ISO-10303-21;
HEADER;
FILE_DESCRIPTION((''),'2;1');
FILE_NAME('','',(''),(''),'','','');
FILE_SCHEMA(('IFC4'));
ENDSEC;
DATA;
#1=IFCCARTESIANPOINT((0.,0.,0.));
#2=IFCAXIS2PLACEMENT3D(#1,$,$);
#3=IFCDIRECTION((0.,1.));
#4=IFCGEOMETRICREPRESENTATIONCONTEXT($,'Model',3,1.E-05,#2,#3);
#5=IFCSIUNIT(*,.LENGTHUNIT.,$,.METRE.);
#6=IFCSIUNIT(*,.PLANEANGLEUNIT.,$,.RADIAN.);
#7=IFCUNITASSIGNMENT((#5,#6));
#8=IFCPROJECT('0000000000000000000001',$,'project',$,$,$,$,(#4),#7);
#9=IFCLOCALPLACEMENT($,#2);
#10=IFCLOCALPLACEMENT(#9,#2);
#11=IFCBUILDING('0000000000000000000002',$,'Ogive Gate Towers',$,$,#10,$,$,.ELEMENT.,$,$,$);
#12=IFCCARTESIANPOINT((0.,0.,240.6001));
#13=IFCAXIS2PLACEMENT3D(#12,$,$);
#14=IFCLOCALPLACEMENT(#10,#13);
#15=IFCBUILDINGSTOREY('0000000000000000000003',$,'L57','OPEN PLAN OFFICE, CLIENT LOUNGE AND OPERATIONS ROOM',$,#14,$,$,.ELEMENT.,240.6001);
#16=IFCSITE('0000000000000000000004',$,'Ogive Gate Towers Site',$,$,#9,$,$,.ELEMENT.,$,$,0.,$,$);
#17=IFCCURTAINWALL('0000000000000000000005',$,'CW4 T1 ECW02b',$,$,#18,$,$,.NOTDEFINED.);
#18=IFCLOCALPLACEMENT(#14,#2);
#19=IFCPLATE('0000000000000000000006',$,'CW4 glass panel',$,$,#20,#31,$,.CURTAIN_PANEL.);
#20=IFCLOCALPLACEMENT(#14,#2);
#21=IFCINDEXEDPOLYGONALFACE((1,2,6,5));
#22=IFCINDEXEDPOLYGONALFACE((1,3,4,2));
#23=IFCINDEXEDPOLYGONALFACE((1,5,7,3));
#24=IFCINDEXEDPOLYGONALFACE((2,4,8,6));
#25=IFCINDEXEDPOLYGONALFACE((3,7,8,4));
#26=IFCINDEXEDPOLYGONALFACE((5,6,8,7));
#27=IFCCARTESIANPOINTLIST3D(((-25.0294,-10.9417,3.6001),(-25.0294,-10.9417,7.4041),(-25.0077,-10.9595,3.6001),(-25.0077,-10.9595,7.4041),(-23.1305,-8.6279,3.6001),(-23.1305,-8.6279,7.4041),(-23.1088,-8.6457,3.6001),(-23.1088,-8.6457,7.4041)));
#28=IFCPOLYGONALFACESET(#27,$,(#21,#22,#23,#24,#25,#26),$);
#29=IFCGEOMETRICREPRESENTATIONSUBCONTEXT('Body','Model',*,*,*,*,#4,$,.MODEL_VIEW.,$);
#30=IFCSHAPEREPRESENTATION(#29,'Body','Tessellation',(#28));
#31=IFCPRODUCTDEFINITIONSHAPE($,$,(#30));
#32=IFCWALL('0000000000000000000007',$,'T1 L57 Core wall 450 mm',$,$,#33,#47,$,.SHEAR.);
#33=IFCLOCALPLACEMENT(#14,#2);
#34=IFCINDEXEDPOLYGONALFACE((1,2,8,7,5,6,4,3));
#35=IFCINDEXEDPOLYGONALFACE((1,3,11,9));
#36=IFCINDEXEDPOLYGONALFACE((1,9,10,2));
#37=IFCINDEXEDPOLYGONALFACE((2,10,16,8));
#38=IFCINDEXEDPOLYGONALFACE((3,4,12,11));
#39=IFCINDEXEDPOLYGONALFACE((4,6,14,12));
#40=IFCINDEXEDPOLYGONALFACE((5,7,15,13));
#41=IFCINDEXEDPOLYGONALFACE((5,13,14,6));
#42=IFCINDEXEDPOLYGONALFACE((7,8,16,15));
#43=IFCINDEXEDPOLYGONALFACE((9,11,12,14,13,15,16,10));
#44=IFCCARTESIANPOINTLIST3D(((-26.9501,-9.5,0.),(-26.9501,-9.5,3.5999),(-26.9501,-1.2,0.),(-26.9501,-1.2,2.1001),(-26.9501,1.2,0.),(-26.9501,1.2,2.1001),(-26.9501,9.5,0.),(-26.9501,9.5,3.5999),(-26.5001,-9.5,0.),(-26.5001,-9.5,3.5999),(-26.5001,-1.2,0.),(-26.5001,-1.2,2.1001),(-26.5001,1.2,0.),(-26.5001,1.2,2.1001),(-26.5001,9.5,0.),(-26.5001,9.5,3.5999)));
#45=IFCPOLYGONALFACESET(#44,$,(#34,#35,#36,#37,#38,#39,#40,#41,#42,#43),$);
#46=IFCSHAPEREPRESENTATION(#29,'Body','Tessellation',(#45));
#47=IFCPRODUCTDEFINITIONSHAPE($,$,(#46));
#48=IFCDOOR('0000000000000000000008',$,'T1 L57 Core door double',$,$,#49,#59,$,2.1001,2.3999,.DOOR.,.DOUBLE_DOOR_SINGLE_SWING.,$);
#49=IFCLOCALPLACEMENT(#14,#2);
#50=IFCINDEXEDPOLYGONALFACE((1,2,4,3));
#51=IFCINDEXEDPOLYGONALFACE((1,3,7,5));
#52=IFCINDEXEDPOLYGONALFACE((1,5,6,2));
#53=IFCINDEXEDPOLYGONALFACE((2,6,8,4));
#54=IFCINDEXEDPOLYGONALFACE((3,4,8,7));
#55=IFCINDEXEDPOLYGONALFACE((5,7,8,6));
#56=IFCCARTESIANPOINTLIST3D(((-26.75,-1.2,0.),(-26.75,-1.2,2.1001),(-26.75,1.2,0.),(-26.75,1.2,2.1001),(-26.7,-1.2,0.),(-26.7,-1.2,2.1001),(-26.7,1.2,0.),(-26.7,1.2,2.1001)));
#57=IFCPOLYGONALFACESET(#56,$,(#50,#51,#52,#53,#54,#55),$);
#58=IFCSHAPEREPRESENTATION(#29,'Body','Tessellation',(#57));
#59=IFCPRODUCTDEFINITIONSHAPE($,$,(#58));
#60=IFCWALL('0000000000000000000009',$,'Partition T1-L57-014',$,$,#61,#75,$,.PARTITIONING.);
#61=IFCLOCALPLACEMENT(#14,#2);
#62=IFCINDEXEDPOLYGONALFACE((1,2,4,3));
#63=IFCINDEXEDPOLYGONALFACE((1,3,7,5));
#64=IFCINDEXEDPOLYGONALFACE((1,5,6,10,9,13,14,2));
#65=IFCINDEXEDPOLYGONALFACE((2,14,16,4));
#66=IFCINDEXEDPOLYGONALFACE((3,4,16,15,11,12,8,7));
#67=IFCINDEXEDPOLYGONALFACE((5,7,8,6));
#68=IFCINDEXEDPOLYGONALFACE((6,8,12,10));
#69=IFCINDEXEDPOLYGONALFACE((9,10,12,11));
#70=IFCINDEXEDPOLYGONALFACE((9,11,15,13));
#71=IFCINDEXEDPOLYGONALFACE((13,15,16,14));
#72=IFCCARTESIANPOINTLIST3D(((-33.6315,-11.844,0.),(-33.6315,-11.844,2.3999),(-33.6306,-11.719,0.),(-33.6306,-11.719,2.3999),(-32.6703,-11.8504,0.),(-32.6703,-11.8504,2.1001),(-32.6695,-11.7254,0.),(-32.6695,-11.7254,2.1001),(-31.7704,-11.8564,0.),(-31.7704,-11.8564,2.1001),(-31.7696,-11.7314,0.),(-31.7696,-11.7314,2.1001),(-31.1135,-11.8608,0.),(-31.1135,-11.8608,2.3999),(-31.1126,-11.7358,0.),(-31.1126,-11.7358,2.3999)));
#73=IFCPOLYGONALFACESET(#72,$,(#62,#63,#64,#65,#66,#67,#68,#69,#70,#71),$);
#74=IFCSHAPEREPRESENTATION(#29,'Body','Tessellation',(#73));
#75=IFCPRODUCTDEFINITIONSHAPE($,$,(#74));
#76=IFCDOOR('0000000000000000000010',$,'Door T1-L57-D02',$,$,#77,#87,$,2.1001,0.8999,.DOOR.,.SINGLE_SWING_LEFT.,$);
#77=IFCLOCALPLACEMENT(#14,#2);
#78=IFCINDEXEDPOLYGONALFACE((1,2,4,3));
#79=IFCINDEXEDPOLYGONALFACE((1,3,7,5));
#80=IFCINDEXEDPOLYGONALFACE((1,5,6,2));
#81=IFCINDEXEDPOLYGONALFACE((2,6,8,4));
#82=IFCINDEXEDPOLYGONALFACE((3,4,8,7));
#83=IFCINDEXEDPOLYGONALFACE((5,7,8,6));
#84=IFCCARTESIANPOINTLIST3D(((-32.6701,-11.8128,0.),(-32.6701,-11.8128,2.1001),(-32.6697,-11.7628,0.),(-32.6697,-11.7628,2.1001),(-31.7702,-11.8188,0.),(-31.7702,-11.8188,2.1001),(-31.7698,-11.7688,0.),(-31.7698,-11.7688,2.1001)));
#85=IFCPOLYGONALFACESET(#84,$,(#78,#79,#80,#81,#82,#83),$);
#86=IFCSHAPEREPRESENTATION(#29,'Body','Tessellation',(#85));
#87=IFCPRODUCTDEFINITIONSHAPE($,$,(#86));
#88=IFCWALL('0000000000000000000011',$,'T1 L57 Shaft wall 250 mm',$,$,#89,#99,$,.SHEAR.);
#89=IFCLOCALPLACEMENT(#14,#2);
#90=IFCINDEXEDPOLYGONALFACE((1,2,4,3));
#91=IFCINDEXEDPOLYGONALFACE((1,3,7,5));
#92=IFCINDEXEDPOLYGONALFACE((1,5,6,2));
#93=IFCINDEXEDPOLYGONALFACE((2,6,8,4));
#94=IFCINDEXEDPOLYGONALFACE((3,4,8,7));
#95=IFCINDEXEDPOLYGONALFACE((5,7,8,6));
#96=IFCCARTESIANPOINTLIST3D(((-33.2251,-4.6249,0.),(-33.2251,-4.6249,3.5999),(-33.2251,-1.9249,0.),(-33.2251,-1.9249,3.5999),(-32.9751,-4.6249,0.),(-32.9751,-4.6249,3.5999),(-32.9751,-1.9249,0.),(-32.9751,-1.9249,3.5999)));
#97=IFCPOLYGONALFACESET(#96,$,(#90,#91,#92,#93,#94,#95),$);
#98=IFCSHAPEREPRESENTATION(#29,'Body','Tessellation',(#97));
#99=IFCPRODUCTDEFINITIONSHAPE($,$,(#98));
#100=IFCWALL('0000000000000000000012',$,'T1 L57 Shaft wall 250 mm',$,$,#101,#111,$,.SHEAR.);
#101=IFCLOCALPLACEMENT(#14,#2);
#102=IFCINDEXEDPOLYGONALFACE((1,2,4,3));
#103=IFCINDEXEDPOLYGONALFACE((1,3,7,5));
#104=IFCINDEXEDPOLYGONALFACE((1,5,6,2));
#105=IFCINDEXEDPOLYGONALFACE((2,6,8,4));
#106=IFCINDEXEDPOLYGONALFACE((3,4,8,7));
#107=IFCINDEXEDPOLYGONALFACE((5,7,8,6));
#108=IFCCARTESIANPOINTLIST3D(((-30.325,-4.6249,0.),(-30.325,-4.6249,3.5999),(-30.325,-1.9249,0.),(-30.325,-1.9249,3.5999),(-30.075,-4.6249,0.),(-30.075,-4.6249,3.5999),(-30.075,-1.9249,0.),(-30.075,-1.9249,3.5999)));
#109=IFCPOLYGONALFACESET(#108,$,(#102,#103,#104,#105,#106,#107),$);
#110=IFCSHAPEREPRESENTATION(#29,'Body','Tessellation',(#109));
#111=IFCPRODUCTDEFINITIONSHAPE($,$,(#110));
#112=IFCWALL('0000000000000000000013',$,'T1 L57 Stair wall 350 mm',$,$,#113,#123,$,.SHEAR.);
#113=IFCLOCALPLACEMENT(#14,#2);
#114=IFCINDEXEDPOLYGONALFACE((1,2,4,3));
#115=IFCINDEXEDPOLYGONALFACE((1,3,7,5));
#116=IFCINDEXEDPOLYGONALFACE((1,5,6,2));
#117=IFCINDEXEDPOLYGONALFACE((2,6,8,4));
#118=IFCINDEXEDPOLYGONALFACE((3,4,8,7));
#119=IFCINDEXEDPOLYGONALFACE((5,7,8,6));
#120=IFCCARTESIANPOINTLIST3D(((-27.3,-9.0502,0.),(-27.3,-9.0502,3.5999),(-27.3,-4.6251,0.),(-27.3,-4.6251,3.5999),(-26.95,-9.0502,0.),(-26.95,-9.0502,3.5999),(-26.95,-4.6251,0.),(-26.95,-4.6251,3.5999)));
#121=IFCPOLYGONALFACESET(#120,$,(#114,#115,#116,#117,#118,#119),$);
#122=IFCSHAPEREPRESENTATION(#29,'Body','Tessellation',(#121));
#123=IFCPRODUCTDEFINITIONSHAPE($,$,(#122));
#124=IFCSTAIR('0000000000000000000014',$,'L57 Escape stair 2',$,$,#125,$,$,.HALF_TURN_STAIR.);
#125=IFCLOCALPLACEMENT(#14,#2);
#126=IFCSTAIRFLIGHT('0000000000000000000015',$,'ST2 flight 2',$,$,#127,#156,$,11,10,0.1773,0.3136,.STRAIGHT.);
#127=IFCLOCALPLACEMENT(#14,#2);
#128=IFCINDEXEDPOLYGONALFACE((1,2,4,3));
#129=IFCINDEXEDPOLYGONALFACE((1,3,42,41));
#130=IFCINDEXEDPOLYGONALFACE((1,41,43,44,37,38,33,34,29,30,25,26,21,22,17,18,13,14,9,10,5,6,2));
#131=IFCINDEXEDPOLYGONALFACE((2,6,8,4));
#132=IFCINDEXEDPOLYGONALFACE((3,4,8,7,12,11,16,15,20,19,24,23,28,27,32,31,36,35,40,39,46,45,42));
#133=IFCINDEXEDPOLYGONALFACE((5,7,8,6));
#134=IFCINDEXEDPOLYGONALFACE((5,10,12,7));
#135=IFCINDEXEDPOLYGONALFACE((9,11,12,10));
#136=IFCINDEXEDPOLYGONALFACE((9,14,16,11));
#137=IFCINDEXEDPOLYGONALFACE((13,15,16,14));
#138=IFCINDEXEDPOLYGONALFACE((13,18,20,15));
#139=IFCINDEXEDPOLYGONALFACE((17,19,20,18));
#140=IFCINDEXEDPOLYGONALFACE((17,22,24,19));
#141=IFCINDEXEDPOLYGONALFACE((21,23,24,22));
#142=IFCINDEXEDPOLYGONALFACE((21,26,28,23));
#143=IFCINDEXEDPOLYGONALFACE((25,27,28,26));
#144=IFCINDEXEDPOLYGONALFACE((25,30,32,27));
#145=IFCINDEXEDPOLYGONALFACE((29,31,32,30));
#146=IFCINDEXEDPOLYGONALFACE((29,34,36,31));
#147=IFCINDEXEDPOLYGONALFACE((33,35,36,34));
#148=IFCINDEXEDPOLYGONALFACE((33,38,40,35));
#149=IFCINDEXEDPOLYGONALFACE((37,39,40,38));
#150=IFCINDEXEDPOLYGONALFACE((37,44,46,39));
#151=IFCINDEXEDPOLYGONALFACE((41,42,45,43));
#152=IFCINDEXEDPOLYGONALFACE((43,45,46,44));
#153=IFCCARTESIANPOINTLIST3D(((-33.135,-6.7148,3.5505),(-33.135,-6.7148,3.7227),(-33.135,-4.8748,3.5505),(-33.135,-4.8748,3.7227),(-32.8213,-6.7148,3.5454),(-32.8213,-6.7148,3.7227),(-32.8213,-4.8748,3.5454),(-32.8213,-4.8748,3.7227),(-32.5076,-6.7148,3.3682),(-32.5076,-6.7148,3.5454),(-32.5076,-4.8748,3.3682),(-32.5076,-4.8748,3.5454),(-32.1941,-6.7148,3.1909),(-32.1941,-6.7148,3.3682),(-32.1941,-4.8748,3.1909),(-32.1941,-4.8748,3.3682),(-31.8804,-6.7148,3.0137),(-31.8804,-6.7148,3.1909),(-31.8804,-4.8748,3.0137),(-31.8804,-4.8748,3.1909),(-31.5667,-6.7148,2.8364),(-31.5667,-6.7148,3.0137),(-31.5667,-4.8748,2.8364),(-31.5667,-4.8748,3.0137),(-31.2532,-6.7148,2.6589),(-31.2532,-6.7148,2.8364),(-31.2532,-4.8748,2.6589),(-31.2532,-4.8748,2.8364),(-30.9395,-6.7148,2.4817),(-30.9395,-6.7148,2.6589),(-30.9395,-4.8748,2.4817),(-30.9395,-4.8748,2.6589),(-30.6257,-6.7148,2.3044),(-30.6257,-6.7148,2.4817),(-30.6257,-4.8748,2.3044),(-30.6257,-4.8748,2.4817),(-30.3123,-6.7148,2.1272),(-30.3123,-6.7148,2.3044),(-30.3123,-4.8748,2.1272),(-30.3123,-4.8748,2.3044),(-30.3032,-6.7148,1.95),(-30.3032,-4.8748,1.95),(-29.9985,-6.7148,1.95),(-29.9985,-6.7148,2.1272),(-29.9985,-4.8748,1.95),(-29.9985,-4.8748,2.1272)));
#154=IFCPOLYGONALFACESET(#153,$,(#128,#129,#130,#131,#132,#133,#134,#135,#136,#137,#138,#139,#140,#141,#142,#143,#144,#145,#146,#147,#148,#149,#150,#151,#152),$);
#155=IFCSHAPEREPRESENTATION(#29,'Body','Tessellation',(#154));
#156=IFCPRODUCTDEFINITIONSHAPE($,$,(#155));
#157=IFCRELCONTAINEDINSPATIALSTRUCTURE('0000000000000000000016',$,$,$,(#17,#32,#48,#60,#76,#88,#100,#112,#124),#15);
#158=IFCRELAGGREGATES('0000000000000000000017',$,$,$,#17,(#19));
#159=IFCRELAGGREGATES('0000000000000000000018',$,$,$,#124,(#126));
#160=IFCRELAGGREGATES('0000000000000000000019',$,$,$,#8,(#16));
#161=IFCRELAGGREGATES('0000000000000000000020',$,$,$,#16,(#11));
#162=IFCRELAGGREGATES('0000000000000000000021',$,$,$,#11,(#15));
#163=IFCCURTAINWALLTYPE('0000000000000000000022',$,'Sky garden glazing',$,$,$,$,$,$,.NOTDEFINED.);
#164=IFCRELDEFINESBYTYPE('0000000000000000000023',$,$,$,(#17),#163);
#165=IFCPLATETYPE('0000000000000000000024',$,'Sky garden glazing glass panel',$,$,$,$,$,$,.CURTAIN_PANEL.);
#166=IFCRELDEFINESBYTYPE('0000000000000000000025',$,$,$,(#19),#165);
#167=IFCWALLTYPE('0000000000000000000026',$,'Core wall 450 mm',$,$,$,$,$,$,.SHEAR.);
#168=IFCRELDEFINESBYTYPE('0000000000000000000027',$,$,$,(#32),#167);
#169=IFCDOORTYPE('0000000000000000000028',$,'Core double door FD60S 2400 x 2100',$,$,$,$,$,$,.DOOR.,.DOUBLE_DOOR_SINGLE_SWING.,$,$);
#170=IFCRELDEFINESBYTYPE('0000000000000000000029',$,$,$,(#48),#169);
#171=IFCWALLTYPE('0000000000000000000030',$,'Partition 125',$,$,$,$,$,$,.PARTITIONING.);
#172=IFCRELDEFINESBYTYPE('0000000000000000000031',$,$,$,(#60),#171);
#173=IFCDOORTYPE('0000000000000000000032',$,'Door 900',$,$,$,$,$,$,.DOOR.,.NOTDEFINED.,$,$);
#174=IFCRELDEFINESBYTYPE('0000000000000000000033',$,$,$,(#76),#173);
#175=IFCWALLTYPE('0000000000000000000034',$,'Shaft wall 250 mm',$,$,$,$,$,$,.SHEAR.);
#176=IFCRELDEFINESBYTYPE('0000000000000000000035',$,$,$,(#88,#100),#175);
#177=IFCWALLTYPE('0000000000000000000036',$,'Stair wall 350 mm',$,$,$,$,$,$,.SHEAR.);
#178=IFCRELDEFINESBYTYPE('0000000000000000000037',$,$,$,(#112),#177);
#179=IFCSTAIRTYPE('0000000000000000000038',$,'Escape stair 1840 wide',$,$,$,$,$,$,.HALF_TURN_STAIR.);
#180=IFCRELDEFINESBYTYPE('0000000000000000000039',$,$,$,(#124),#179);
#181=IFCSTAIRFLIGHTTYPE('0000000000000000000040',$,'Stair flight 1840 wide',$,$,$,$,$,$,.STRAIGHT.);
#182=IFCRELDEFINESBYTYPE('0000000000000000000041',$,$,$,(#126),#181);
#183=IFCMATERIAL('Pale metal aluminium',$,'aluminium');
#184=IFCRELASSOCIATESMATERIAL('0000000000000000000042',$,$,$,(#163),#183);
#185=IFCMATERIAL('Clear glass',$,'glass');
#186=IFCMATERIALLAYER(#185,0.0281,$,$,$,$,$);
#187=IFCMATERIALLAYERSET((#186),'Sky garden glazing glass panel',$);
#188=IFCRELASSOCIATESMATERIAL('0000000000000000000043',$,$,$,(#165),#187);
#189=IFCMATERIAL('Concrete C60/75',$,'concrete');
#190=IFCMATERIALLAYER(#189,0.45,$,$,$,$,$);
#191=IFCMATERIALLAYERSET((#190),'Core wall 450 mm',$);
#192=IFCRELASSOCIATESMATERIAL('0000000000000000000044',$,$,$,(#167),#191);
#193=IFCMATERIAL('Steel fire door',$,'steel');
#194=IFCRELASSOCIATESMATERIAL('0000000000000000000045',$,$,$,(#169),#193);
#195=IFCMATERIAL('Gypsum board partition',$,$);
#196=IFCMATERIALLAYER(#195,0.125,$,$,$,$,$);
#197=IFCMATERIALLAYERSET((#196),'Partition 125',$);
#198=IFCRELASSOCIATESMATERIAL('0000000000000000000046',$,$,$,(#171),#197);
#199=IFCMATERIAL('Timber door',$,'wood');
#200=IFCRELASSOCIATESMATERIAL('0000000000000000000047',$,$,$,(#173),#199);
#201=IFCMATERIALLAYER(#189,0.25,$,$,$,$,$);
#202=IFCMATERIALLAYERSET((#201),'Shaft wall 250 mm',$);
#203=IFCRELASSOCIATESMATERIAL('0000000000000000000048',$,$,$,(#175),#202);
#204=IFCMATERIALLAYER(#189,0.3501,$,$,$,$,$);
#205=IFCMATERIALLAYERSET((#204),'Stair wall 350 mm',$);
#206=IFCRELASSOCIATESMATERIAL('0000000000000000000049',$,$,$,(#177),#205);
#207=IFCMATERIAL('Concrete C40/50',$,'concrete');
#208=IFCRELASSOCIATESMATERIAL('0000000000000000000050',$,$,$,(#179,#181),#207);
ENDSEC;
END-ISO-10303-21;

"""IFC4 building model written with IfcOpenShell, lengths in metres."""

from ifc_helpers import new_model, si_unit, direction, frame, frame_2d, origin, origin_2d, place, context, subcontext, project, spatial, polyline, rectangle, outline, extrude, material, layer, layer_set, type_object, element, fill, aggregate, save


model = new_model("IFC4")

# Units and contexts
model_context = context("Model", 3, precision=1e-05, world=origin(), true_north=direction((0.0, 1.0)))
body_context = subcontext(model_context, "Body", "Model", "MODEL_VIEW")
ifc_project = project(units=[si_unit("LENGTHUNIT", "METRE"), si_unit("PLANEANGLEUNIT", "RADIAN")], contexts=[model_context])

# Site, building, storey
site_placement = place(None, origin())
site = spatial("IfcSite", under=ifc_project, at=site_placement, Name="Ogive Gate Towers Site", CompositionType="ELEMENT", RefElevation=0.0)
building_placement = place(site_placement, origin())
building = spatial("IfcBuilding", under=site, at=building_placement, Name="Ogive Gate Towers", CompositionType="ELEMENT")
storey_placement = place(building_placement, frame((0.0, 0.0, 240.6001)))
storey = spatial("IfcBuildingStorey", under=building, at=storey_placement, Name="L57", Description="OPEN PLAN OFFICE, CLIENT LOUNGE AND OPERATIONS ROOM", CompositionType="ELEMENT", Elevation=240.6001)

# Shared definitions
ifc_material_1 = material(Name="Pale metal aluminium", Category="aluminium")
curtain_wall_type = type_object("IfcCurtainWallType", Name="Sky garden glazing", PredefinedType="NOTDEFINED", material=ifc_material_1)

# Curtain wall
curtain_wall_1_placement = place(storey_placement, origin())
curtain_wall_1 = element("IfcCurtainWall", 1, at=curtain_wall_1_placement, inside=storey, type_object=curtain_wall_type, Name="CW4 T1 ECW02b", PredefinedType="NOTDEFINED")

# Plate
ifc_material_2 = material(Name="Clear glass", Category="glass")
ifc_layer_1 = layer(ifc_material_2, 0.0281)
ifc_layer_set_1 = layer_set([ifc_layer_1], Name="Sky garden glazing glass panel")
plate_type = type_object("IfcPlateType", Name="Sky garden glazing glass panel", PredefinedType="CURTAIN_PANEL", material=ifc_layer_set_1)
plate_1_placement = place(storey_placement, frame((-24.0691, -9.7937, 3.6001), z_axis=(0.0, 0.0, 1.0), x_axis=(-0.634393, -0.77301, 0.0)))
plate_1 = element("IfcPlate", 2, at=plate_1_placement, type_object=plate_type, Name="CW4 glass panel", PredefinedType="CURTAIN_PANEL", context=body_context, shape_type="SweptSolid", body=[
    extrude(rectangle(XDim=2.9932, YDim=0.0281, at=origin_2d()), origin(), (0.0, 0.0, 1.0), 3.804),
])
aggregate(curtain_wall_1, [plate_1])

# Walls, openings, doors
ifc_material_3 = material(Name="Concrete C60/75", Category="concrete")
ifc_layer_2 = layer(ifc_material_3, 0.45)
ifc_layer_set_2 = layer_set([ifc_layer_2], Name="Core wall 450 mm")
wall_type_1 = type_object("IfcWallType", Name="Core wall 450 mm", PredefinedType="SHEAR", material=ifc_layer_set_2)
wall_1_placement = place(storey_placement, frame((-26.7251, -9.5, 0.0), z_axis=(0.0, 0.0, 1.0), x_axis=(0.0, 1.0, 0.0)))
wall_1 = element("IfcWall", 3, at=wall_1_placement, inside=storey, type_object=wall_type_1, Name="T1 L57 Core wall 450 mm", PredefinedType="SHEAR", context=body_context, shape_type="SweptSolid", body=[
    extrude(rectangle(XDim=19.0, YDim=0.45, at=frame_2d((9.5, 0.0))), origin(), (0.0, 0.0, 1.0), 3.5999),
])
opening_1_placement = place(wall_1_placement, frame((8.3, 0.0, 0.0)))
opening_1 = element("IfcOpeningElement", 4, at=opening_1_placement, cuts=wall_1, PredefinedType="OPENING", context=body_context, shape_type="SweptSolid", body=[
    extrude(rectangle(XDim=2.3999, YDim=2.1001, at=frame_2d((1.2, 1.05))), frame((0.0, 0.2349, 0.0), z_axis=(0.0, -1.0, 0.0), x_axis=(1.0, 0.0, 0.0)), (0.0, 0.0, 1.0), 0.47),
])
ifc_material_4 = material(Name="Steel fire door", Category="steel")
door_type_1 = type_object("IfcDoorType", Name="Core double door FD60S 2400 x 2100", OperationType="DOUBLE_DOOR_SINGLE_SWING", PredefinedType="DOOR", material=ifc_material_4)
door_1_placement = place(opening_1_placement, origin())
door_1 = element("IfcDoor", 5, at=door_1_placement, inside=storey, type_object=door_type_1, Name="T1 L57 Core door double", OperationType="DOUBLE_DOOR_SINGLE_SWING", OverallHeight=2.1001, OverallWidth=2.3999, PredefinedType="DOOR", context=body_context, shape_type="SweptSolid", body=[
    extrude(rectangle(XDim=2.3999, YDim=2.1001, at=frame_2d((1.2, 1.05))), frame((0.0, 0.0249, 0.0), z_axis=(0.0, -1.0, 0.0), x_axis=(1.0, 0.0, 0.0)), (0.0, 0.0, 1.0), 0.05),
])
fill(opening_1, door_1)
ifc_material_5 = material(Name="Gypsum board partition")
ifc_layer_3 = layer(ifc_material_5, 0.125)
ifc_layer_set_3 = layer_set([ifc_layer_3], Name="Partition 125")
wall_type_2 = type_object("IfcWallType", Name="Partition 125", PredefinedType="PARTITIONING", material=ifc_layer_set_3)
wall_2_placement = place(storey_placement, frame((-31.113, -11.7983, 0.0), z_axis=(0.0, 0.0, 1.0), x_axis=(-0.999978, 0.00669, 0.0)))
wall_2 = element("IfcWall", 6, at=wall_2_placement, inside=storey, type_object=wall_type_2, Name="Partition T1-L57-014", PredefinedType="PARTITIONING", context=body_context, shape_type="SweptSolid", body=[
    extrude(rectangle(XDim=2.5181, YDim=0.125, at=frame_2d((1.259, 0.0))), origin(), (0.0, 0.0, 1.0), 2.3999),
])
opening_2_placement = place(wall_2_placement, frame((0.657, 0.0, 0.0)))
opening_2 = element("IfcOpeningElement", 7, at=opening_2_placement, cuts=wall_2, PredefinedType="OPENING", context=body_context, shape_type="SweptSolid", body=[
    extrude(rectangle(XDim=0.8999, YDim=2.1001, at=frame_2d((0.45, 1.05))), frame((0.0, 0.0725, 0.0), z_axis=(0.0, -1.0, 0.0), x_axis=(1.0, 0.0, 0.0)), (0.0, 0.0, 1.0), 0.145),
])
ifc_material_6 = material(Name="Timber door", Category="wood")
door_type_2 = type_object("IfcDoorType", Name="Door 900", OperationType="NOTDEFINED", PredefinedType="DOOR", material=ifc_material_6)
door_2_placement = place(opening_2_placement, origin())
door_2 = element("IfcDoor", 8, at=door_2_placement, inside=storey, type_object=door_type_2, Name="Door T1-L57-D02", OperationType="SINGLE_SWING_LEFT", OverallHeight=2.1001, OverallWidth=0.8999, PredefinedType="DOOR", context=body_context, shape_type="SweptSolid", body=[
    extrude(rectangle(XDim=0.8999, YDim=2.1001, at=frame_2d((0.45, 1.05))), frame((0.0, 0.0249, 0.0), z_axis=(0.0, -1.0, 0.0), x_axis=(1.0, 0.0, 0.0)), (0.0, 0.0, 1.0), 0.05),
])
fill(opening_2, door_2)

# Walls
ifc_layer_4 = layer(ifc_material_3, 0.25)
ifc_layer_set_4 = layer_set([ifc_layer_4], Name="Shaft wall 250 mm")
wall_type_3 = type_object("IfcWallType", Name="Shaft wall 250 mm", PredefinedType="SHEAR", material=ifc_layer_set_4)
for number, where, z_axis, x_axis, name in (
    (9, (-33.1001, -4.625, 0.0), (0.0, 0.0, 1.0), (0.0, 1.0, 0.0), "T1 L57 Shaft wall 250 mm"),
    (10, (-30.2, -4.625, 0.0), (0.0, 0.0, 1.0), (0.0, 1.0, 0.0), "T1 L57 Shaft wall 250 mm"),
):
    element("IfcWall", number, at=place(storey_placement, frame(where, z_axis=z_axis, x_axis=x_axis)), inside=storey, type_object=wall_type_3, Name=name, PredefinedType="SHEAR", context=body_context, shape_type="SweptSolid", body=[
        extrude(rectangle(XDim=2.7, YDim=0.25, at=frame_2d((1.3501, 0.0))), origin(), (0.0, 0.0, 1.0), 3.5999),
    ])
ifc_layer_5 = layer(ifc_material_3, 0.3501)
ifc_layer_set_5 = layer_set([ifc_layer_5], Name="Stair wall 350 mm")
wall_type_4 = type_object("IfcWallType", Name="Stair wall 350 mm", PredefinedType="SHEAR", material=ifc_layer_set_5)
wall_3_placement = place(storey_placement, frame((-27.125, -9.05, 0.0), z_axis=(0.0, 0.0, 1.0), x_axis=(0.0, 1.0, 0.0)))
element("IfcWall", 11, at=wall_3_placement, inside=storey, type_object=wall_type_4, Name="T1 L57 Stair wall 350 mm", PredefinedType="SHEAR", context=body_context, shape_type="SweptSolid", body=[
    extrude(rectangle(XDim=4.425, YDim=0.3501, at=frame_2d((2.2124, 0.0))), origin(), (0.0, 0.0, 1.0), 3.5999),
])

# Stair, stair flight
ifc_material_7 = material(Name="Concrete C40/50", Category="concrete")
stair_type = type_object("IfcStairType", Name="Escape stair 1840 wide", PredefinedType="HALF_TURN_STAIR", material=ifc_material_7)
stair_placement = place(storey_placement, origin())
stair = element("IfcStair", 12, at=stair_placement, inside=storey, type_object=stair_type, Name="L57 Escape stair 2", PredefinedType="HALF_TURN_STAIR")
stair_flight_type = type_object("IfcStairFlightType", Name="Stair flight 1840 wide", PredefinedType="STRAIGHT", material=ifc_material_7)
stair_flight_placement = place(storey_placement, frame((-29.9985, -5.7949, 1.95), z_axis=(0.0, 0.0, 1.0), x_axis=(-1.0, 0.0, 0.0)))
stair_flight = element("IfcStairFlight", 13, at=stair_flight_placement, type_object=stair_flight_type, Name="ST2 flight 2", NumberOfRisers=11, NumberOfTreads=10, PredefinedType="STRAIGHT", RiserHeight=0.1773, TreadLength=0.3136, context=body_context, shape_type="SweptSolid", body=[
    extrude(outline(polyline([(0.0, 0.0), (0.0, 0.1772), (0.3137, 0.1772), (0.3137, 0.3545), (0.6272, 0.3545), (0.6272, 0.5317), (0.9409, 0.5317), (0.9409, 0.709), (1.2546, 0.709), (1.2546, 0.8865), (1.5681, 0.8865), (1.5681, 1.0637), (1.8818, 1.0637), (1.8818, 1.241), (2.1956, 1.241), (2.1956, 1.4182), (2.509, 1.4182), (2.509, 1.5955), (2.8228, 1.5955), (2.8228, 1.7727), (3.1365, 1.7727), (3.1365, 1.95), (3.1365, 1.6006), (0.3047, 0.0), (0.0, 0.0)])), frame((0.0, 0.9199, 0.0), z_axis=(0.0, -1.0, 0.0), x_axis=(1.0, 0.0, 0.0)), (0.0, 0.0, 1.0), 1.8401),
])
aggregate(stair, [stair_flight])

save(model, "model.ifc")
